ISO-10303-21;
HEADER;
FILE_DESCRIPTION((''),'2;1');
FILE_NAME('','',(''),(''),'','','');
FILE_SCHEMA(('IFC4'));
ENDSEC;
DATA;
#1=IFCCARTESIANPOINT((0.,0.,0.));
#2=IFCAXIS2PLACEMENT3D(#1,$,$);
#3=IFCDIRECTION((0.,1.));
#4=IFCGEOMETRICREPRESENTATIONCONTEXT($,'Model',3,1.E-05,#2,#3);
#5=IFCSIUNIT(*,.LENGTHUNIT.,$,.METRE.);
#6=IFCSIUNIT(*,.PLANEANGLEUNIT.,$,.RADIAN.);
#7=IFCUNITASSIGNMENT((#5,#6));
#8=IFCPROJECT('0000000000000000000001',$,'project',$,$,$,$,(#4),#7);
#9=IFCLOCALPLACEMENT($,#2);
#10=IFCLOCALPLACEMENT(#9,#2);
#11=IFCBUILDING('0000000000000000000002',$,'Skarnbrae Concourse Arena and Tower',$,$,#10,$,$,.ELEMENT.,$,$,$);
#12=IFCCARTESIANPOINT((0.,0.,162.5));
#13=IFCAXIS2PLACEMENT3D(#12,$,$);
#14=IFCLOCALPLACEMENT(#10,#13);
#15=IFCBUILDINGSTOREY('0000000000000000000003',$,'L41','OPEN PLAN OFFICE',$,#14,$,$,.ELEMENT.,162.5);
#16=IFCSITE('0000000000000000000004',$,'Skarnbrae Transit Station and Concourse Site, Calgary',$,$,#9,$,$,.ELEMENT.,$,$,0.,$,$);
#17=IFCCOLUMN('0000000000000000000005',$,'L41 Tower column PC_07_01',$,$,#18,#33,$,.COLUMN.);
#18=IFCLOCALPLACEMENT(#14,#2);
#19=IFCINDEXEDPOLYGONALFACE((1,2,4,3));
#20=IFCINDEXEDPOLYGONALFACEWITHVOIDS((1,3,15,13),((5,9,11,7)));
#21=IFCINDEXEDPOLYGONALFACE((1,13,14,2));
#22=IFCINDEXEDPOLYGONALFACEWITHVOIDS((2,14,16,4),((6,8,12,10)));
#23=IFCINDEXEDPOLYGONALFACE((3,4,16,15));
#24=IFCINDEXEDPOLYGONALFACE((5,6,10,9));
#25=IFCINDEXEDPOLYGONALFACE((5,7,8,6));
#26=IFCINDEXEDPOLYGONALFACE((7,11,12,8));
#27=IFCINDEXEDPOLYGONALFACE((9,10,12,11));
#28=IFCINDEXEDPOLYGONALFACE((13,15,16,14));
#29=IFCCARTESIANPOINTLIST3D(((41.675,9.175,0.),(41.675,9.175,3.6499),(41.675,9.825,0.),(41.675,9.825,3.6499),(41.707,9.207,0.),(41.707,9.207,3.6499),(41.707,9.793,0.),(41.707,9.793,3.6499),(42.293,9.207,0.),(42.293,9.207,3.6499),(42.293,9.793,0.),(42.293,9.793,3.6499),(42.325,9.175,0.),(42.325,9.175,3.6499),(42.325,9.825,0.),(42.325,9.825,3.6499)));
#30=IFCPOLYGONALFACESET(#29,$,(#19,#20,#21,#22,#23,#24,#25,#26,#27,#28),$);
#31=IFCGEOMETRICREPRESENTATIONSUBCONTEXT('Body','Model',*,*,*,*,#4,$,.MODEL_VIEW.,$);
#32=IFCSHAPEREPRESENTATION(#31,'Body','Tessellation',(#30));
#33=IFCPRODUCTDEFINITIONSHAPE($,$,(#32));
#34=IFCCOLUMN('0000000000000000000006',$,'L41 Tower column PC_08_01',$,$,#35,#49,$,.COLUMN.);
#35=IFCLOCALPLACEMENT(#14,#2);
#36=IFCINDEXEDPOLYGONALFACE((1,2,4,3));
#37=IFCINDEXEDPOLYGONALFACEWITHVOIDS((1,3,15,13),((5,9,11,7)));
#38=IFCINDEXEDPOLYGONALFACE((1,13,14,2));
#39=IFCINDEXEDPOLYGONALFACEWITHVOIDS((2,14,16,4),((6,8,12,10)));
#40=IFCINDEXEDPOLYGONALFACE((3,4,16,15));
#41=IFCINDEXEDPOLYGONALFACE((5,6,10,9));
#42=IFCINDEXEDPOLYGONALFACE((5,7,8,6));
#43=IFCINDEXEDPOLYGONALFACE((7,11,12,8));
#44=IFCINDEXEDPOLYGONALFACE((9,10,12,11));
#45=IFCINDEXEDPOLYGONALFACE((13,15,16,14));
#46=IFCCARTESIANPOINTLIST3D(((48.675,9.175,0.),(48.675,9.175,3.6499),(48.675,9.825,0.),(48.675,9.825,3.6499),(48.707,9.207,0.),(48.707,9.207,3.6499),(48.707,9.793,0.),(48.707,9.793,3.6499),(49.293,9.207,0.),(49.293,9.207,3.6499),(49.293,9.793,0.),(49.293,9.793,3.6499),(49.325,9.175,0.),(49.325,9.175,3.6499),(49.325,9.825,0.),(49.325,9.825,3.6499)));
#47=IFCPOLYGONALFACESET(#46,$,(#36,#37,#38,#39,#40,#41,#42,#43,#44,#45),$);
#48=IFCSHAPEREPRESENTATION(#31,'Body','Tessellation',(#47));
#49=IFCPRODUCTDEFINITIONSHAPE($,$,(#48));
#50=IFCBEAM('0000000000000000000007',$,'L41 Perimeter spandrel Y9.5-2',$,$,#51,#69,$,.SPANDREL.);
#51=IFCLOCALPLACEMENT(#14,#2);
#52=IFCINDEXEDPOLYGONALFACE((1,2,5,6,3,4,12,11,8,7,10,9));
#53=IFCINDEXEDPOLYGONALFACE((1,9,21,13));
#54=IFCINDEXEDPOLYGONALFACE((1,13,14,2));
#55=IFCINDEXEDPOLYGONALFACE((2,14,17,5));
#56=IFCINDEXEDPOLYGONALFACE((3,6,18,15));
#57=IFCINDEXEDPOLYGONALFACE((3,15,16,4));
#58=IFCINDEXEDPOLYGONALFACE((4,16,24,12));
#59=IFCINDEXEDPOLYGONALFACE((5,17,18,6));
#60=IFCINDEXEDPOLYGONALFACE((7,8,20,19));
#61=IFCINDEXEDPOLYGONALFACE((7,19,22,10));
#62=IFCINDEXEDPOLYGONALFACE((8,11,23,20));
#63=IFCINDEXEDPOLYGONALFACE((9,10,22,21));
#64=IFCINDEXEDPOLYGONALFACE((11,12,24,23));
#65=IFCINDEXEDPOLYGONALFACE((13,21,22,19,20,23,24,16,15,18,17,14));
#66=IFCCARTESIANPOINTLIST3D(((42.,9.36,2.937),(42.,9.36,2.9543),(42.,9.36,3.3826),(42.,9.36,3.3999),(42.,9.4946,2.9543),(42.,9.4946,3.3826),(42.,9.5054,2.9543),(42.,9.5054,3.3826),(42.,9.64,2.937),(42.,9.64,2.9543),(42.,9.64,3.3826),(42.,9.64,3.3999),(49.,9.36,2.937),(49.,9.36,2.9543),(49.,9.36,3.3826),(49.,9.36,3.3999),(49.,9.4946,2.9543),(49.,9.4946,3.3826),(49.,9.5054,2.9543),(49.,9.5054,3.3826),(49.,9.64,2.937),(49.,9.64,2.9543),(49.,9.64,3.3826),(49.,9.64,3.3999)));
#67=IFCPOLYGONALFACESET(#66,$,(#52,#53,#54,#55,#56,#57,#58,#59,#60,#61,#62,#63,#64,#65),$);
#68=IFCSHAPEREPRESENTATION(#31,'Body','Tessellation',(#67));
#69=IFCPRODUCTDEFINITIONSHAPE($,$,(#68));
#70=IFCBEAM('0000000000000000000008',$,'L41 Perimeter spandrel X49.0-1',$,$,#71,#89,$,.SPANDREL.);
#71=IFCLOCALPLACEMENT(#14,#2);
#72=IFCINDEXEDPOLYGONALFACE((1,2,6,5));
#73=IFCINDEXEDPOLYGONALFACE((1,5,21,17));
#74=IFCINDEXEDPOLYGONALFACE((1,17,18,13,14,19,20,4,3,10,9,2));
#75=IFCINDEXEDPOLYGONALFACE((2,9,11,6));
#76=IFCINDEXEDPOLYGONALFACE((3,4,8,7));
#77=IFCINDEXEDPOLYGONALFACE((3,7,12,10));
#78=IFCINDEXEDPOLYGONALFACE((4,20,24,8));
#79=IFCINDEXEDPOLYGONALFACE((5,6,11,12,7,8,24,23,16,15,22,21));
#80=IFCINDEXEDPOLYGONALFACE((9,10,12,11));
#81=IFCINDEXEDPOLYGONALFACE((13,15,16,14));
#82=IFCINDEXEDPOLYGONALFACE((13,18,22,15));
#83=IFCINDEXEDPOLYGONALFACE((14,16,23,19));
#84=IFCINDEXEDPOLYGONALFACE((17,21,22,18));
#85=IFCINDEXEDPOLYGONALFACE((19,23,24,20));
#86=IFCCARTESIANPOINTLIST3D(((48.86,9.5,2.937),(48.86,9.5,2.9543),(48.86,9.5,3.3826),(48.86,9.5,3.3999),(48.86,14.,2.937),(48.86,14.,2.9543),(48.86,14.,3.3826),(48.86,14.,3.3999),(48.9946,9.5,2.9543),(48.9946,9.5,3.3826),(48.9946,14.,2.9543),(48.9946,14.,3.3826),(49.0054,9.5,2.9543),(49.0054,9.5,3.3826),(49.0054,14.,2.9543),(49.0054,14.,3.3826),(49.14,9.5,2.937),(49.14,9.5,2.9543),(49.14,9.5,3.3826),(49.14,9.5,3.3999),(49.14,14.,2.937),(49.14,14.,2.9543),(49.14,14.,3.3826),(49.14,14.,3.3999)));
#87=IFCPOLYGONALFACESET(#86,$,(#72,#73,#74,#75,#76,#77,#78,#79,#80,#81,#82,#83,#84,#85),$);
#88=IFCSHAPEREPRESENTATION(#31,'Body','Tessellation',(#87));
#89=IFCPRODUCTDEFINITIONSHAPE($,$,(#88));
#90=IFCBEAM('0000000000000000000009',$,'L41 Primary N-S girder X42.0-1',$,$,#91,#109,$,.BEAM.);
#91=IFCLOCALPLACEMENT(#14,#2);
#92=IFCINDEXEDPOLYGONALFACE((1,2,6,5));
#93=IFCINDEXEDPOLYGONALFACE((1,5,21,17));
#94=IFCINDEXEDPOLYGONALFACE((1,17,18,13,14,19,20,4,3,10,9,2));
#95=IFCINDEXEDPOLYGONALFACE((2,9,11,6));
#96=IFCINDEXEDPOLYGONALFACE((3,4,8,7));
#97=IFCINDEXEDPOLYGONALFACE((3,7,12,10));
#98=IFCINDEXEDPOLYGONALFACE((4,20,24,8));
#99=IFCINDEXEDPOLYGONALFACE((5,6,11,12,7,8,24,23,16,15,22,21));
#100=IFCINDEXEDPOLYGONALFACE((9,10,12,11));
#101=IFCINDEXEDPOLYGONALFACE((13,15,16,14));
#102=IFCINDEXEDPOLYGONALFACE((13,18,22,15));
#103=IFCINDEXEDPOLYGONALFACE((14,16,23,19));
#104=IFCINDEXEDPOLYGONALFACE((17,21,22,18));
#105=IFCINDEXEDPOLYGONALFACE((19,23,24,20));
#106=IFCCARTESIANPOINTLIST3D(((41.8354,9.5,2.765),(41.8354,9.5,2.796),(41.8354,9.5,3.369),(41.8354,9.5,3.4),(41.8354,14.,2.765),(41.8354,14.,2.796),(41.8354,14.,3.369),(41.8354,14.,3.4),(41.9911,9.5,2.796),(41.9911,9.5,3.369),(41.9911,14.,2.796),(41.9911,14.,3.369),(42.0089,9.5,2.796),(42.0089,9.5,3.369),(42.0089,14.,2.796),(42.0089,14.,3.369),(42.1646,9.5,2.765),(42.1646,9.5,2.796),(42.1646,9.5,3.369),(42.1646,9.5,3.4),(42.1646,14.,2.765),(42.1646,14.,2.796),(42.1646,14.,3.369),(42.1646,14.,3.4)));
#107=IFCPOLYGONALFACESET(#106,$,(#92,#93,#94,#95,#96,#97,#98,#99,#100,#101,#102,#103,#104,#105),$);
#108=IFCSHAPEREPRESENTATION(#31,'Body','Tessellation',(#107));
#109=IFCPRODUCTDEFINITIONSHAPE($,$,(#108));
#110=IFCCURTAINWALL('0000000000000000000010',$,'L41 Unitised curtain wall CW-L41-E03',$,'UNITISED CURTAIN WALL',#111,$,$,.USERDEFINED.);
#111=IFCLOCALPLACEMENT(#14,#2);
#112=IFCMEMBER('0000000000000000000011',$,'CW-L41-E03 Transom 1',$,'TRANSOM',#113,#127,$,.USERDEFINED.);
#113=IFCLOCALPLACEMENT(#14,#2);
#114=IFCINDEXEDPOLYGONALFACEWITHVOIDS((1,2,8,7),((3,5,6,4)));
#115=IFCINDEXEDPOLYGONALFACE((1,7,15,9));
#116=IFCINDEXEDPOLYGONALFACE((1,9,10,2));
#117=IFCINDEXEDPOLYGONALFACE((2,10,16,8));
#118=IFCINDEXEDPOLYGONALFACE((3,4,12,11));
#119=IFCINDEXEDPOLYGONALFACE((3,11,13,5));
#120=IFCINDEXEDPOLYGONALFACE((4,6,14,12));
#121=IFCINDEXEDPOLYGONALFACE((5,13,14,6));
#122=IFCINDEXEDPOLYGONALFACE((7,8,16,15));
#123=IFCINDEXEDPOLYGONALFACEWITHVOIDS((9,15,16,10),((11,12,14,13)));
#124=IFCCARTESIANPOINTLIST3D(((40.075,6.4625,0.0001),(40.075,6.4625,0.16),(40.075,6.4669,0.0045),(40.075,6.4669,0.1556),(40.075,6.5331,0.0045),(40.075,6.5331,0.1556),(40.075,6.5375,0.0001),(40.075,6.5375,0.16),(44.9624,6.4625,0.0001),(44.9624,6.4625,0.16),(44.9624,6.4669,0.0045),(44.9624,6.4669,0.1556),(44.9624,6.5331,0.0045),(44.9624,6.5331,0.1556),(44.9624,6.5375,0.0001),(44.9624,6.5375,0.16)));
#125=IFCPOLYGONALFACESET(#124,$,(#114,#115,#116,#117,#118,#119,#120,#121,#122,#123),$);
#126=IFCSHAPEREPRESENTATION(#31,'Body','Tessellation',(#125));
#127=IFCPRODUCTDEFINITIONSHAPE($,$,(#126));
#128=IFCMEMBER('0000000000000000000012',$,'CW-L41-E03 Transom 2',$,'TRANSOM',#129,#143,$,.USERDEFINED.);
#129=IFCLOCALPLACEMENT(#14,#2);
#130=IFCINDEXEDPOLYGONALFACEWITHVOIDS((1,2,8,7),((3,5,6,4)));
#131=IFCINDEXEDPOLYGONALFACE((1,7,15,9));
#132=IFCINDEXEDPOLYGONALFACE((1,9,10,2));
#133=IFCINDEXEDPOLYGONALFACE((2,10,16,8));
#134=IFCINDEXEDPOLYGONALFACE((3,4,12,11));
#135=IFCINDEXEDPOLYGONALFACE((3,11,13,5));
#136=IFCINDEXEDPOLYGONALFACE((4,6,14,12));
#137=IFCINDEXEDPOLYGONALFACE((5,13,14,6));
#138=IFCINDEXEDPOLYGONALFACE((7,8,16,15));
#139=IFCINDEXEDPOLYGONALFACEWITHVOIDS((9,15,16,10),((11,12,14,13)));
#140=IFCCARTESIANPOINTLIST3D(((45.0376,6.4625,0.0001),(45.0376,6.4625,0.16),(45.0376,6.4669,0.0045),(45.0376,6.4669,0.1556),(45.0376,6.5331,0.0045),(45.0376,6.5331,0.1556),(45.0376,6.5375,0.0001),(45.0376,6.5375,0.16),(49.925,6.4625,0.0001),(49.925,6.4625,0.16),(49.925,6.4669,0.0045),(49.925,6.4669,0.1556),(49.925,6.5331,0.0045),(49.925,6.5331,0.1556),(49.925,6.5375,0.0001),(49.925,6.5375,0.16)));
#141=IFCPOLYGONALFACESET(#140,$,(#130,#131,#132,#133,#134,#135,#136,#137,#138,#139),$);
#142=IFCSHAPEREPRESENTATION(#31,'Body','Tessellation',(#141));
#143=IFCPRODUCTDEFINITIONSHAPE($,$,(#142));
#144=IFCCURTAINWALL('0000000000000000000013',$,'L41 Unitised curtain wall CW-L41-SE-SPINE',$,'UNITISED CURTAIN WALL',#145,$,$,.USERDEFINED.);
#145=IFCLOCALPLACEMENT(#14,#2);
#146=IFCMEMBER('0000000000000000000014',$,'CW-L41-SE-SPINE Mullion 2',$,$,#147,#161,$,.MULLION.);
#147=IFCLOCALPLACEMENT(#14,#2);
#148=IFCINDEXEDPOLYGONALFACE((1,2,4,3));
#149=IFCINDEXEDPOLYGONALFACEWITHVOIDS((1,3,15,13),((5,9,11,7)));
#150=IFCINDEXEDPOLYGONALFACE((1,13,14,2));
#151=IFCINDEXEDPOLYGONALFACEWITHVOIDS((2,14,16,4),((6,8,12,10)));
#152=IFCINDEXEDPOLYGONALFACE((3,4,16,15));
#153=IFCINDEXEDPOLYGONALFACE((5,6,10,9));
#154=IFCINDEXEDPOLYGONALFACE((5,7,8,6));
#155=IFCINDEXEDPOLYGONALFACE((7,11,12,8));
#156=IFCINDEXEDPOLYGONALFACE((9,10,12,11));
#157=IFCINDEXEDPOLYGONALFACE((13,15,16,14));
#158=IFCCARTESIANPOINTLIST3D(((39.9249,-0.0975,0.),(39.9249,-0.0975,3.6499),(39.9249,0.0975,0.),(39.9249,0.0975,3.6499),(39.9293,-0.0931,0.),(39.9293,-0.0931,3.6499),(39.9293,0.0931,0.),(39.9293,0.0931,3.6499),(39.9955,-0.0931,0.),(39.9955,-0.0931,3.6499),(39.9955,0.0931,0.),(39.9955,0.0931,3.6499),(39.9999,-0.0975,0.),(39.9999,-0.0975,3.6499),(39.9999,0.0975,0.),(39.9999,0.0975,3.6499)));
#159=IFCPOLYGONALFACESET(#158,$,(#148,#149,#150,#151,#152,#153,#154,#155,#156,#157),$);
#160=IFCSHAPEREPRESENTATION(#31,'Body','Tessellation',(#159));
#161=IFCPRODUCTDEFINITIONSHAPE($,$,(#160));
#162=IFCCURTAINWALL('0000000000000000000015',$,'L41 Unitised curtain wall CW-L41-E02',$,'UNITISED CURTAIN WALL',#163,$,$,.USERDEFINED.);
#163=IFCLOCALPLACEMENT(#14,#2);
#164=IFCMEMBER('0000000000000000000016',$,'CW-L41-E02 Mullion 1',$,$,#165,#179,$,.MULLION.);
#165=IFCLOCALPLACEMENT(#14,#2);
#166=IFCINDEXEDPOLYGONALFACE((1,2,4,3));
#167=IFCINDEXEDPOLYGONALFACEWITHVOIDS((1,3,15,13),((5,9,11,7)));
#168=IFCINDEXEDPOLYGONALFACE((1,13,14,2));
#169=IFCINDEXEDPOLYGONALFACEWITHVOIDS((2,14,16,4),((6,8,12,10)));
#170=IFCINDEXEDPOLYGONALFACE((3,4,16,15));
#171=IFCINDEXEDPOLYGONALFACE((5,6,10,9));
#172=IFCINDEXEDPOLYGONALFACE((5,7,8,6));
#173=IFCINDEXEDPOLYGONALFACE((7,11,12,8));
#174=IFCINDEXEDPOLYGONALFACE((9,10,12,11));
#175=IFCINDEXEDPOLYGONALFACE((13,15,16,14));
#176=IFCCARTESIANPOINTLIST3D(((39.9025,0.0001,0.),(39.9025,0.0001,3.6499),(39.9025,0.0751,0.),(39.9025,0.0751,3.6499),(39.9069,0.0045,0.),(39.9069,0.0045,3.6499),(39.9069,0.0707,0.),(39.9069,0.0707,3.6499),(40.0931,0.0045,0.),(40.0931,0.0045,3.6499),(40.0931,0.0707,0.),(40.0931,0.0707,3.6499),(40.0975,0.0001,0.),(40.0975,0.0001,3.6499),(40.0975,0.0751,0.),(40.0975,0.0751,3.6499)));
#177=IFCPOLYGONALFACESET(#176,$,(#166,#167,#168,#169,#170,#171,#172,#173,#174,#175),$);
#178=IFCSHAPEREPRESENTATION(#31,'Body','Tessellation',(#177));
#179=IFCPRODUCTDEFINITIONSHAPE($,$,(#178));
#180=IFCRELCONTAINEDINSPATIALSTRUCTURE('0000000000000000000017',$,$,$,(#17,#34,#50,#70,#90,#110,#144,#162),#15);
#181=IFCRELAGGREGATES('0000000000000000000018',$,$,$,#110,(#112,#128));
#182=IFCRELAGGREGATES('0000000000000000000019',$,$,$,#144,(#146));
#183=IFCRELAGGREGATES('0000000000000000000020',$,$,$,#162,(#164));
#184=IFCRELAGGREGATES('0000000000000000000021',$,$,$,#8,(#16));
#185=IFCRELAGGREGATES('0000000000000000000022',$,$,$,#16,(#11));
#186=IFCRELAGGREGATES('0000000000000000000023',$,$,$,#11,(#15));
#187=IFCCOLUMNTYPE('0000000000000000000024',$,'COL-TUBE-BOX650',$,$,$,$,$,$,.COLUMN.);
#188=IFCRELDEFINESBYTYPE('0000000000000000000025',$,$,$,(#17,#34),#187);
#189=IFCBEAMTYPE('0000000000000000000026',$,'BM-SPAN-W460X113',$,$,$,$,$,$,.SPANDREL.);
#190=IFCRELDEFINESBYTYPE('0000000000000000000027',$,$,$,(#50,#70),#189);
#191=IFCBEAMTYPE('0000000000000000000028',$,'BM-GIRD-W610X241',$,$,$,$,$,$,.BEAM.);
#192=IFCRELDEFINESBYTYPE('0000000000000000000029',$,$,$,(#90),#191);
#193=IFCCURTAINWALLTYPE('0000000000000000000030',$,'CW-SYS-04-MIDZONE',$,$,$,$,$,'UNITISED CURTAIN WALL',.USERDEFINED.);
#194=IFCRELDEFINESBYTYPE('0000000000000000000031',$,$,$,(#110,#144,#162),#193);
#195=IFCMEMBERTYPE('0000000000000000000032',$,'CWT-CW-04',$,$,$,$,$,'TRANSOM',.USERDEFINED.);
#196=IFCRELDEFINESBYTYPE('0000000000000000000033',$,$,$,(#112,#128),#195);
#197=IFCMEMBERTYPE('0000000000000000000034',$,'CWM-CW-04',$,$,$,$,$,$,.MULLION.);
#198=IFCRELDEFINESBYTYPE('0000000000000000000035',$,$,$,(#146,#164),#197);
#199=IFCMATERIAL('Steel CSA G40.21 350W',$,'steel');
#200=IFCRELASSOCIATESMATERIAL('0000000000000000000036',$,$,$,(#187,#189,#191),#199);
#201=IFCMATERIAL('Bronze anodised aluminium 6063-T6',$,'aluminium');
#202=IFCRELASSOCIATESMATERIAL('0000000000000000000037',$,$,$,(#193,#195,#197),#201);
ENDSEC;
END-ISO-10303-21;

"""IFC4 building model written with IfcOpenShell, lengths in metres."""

from ifc_helpers import new_model, si_unit, direction, frame, origin, origin_2d, place, context, subcontext, project, spatial, hollow_rectangle, i_section, extrude, source, transform, mapped, material, material_profile, profile_set, type_object, element, aggregate, save


model = new_model("IFC4")

# Units and contexts
model_context = context("Model", 3, precision=1e-05, world=origin(), true_north=direction((0.0, 1.0)))
body_context = subcontext(model_context, "Body", "Model", "MODEL_VIEW")
ifc_project = project(units=[si_unit("LENGTHUNIT", "METRE"), si_unit("PLANEANGLEUNIT", "RADIAN")], contexts=[model_context])

# Site, building, storey
site_placement = place(None, origin())
site = spatial("IfcSite", under=ifc_project, at=site_placement, Name="Skarnbrae Transit Station and Concourse Site, Calgary", CompositionType="ELEMENT", RefElevation=0.0)
building_placement = place(site_placement, origin())
building = spatial("IfcBuilding", under=site, at=building_placement, Name="Skarnbrae Concourse Arena and Tower", CompositionType="ELEMENT")
storey_placement = place(building_placement, frame((0.0, 0.0, 162.5)))
storey = spatial("IfcBuildingStorey", under=building, at=storey_placement, Name="L41", Description="OPEN PLAN OFFICE", CompositionType="ELEMENT", Elevation=162.5)

# Columns
ifc_material_1 = material(Name="Steel CSA G40.21 350W", Category="steel")
ifc_material_profile_1 = material_profile(ifc_material_1, hollow_rectangle(XDim=0.6499, YDim=0.6499, WallThickness=0.032, at=origin_2d()), Name="BOX650X650X32")
ifc_profile_set_1 = profile_set([ifc_material_profile_1], Name="Steel CSA G40.21 350W")
column_type = type_object("IfcColumnType", Name="COL-TUBE-BOX650", PredefinedType="COLUMN", material=ifc_profile_set_1)
shared_shape_1 = source(origin(), body_context, "Body", "SweptSolid", [
    extrude(hollow_rectangle(XDim=0.6499, YDim=0.6499, WallThickness=0.032, at=origin_2d()), origin(), (0.0, 0.0, 1.0), 3.6499),
])
for number, where, z_axis, x_axis, name in (
    (1, (42.0, 9.5, 0.0), (0.0, 0.0, 1.0), (1.0, 0.0, 0.0), "L41 Tower column PC_07_01"),
    (2, (49.0, 9.5, 0.0), (0.0, 0.0, 1.0), (1.0, 0.0, 0.0), "L41 Tower column PC_08_01"),
):
    element("IfcColumn", number, at=place(storey_placement, frame(where, z_axis=z_axis, x_axis=x_axis)), inside=storey, type_object=column_type, Name=name, PredefinedType="COLUMN", context=body_context, shape_type="MappedRepresentation", body=[
        mapped(shared_shape_1, transform((0.0, 0.0, 0.0))),
    ])

# Beams
ifc_material_profile_2 = material_profile(ifc_material_1, i_section(OverallWidth=0.28, OverallDepth=0.4629, WebThickness=0.0107, FlangeThickness=0.0173, at=origin_2d()), Name="W460X113")
ifc_profile_set_2 = profile_set([ifc_material_profile_2], Name="Steel CSA G40.21 350W")
beam_type_1 = type_object("IfcBeamType", Name="BM-SPAN-W460X113", PredefinedType="SPANDREL", material=ifc_profile_set_2)
shared_shape_2 = source(origin(), body_context, "Body", "SweptSolid", [
    extrude(i_section(OverallWidth=0.28, OverallDepth=0.4629, WebThickness=0.0107, FlangeThickness=0.0173, at=origin_2d()), origin(), (0.0, 0.0, 1.0), 7.0),
])
beam_1_placement = place(storey_placement, frame((42.0, 9.5, 3.1685), z_axis=(1.0, 0.0, 0.0), x_axis=(0.0, 1.0, 0.0)))
element("IfcBeam", 3, at=beam_1_placement, inside=storey, type_object=beam_type_1, Name="L41 Perimeter spandrel Y9.5-2", PredefinedType="SPANDREL", context=body_context, shape_type="MappedRepresentation", body=[
    mapped(shared_shape_2, transform((0.0, 0.0, 0.0))),
])
shared_shape_3 = source(origin(), body_context, "Body", "SweptSolid", [
    extrude(i_section(OverallWidth=0.28, OverallDepth=0.4629, WebThickness=0.0107, FlangeThickness=0.0173, at=origin_2d()), origin(), (0.0, 0.0, 1.0), 4.5),
])
beam_2_placement = place(storey_placement, frame((49.0, 9.5, 3.1685), z_axis=(0.0, 1.0, 0.0), x_axis=(-1.0, 0.0, 0.0)))
element("IfcBeam", 4, at=beam_2_placement, inside=storey, type_object=beam_type_1, Name="L41 Perimeter spandrel X49.0-1", PredefinedType="SPANDREL", context=body_context, shape_type="MappedRepresentation", body=[
    mapped(shared_shape_3, transform((0.0, 0.0, 0.0))),
])
ifc_material_profile_3 = material_profile(ifc_material_1, i_section(OverallWidth=0.3291, OverallDepth=0.635, WebThickness=0.0178, FlangeThickness=0.031, at=origin_2d()), Name="W610X241")
ifc_profile_set_3 = profile_set([ifc_material_profile_3], Name="Steel CSA G40.21 350W")
beam_type_2 = type_object("IfcBeamType", Name="BM-GIRD-W610X241", PredefinedType="BEAM", material=ifc_profile_set_3)
shared_shape_4 = source(origin(), body_context, "Body", "SweptSolid", [
    extrude(i_section(OverallWidth=0.3291, OverallDepth=0.635, WebThickness=0.0178, FlangeThickness=0.031, at=origin_2d()), origin(), (0.0, 0.0, 1.0), 4.5),
])
beam_3_placement = place(storey_placement, frame((42.0, 9.5, 3.0825), z_axis=(0.0, 1.0, 0.0), x_axis=(-1.0, 0.0, 0.0)))
element("IfcBeam", 5, at=beam_3_placement, inside=storey, type_object=beam_type_2, Name="L41 Primary N-S girder X42.0-1", PredefinedType="BEAM", context=body_context, shape_type="MappedRepresentation", body=[
    mapped(shared_shape_4, transform((0.0, 0.0, 0.0))),
])

# Curtain wall, members
ifc_material_2 = material(Name="Bronze anodised aluminium 6063-T6", Category="aluminium")
curtain_wall_type = type_object("IfcCurtainWallType", Name="CW-SYS-04-MIDZONE", ElementType="UNITISED CURTAIN WALL", PredefinedType="USERDEFINED", material=ifc_material_2)
curtain_wall_1_placement = place(storey_placement, origin())
curtain_wall_1 = element("IfcCurtainWall", 6, at=curtain_wall_1_placement, inside=storey, type_object=curtain_wall_type, Name="L41 Unitised curtain wall CW-L41-E03", ObjectType="UNITISED CURTAIN WALL", PredefinedType="USERDEFINED")
ifc_material_profile_4 = material_profile(ifc_material_2, hollow_rectangle(XDim=0.075, YDim=0.1599, WallThickness=0.0044, at=origin_2d()), Name="ALU-TRAN-75X160")
ifc_profile_set_4 = profile_set([ifc_material_profile_4], Name="Bronze anodised aluminium 6063-T6")
member_type_1 = type_object("IfcMemberType", Name="CWT-CW-04", ElementType="TRANSOM", PredefinedType="USERDEFINED", material=ifc_profile_set_4)
shared_shape_5 = source(origin(), body_context, "Body", "SweptSolid", [
    extrude(hollow_rectangle(XDim=0.075, YDim=0.1599, WallThickness=0.0044, at=origin_2d()), origin(), (0.0, 0.0, 1.0), 4.8875),
])
member_1_placement = place(storey_placement, frame((40.075, 6.5, 0.0801), z_axis=(1.0, 0.0, 0.0), x_axis=(0.0, 1.0, 0.0)))
member_1 = element("IfcMember", 7, at=member_1_placement, type_object=member_type_1, Name="CW-L41-E03 Transom 1", ObjectType="TRANSOM", PredefinedType="USERDEFINED", context=body_context, shape_type="MappedRepresentation", body=[
    mapped(shared_shape_5, transform((0.0, 0.0, 0.0))),
])
member_2_placement = place(storey_placement, frame((45.0376, 6.5, 0.0801), z_axis=(1.0, 0.0, 0.0), x_axis=(0.0, 1.0, 0.0)))
member_2 = element("IfcMember", 8, at=member_2_placement, type_object=member_type_1, Name="CW-L41-E03 Transom 2", ObjectType="TRANSOM", PredefinedType="USERDEFINED", context=body_context, shape_type="MappedRepresentation", body=[
    mapped(shared_shape_5, transform((0.0, 0.0, 0.0))),
])

# Curtain wall, member
curtain_wall_2_placement = place(storey_placement, origin())
curtain_wall_2 = element("IfcCurtainWall", 9, at=curtain_wall_2_placement, inside=storey, type_object=curtain_wall_type, Name="L41 Unitised curtain wall CW-L41-SE-SPINE", ObjectType="UNITISED CURTAIN WALL", PredefinedType="USERDEFINED")
ifc_material_profile_5 = material_profile(ifc_material_2, hollow_rectangle(XDim=0.075, YDim=0.1951, WallThickness=0.0044, at=origin_2d()), Name="ALU-MULL-75X195")
ifc_profile_set_5 = profile_set([ifc_material_profile_5], Name="Bronze anodised aluminium 6063-T6")
member_type_2 = type_object("IfcMemberType", Name="CWM-CW-04", PredefinedType="MULLION", material=ifc_profile_set_5)
shared_shape_6 = source(origin(), body_context, "Body", "SweptSolid", [
    extrude(hollow_rectangle(XDim=0.075, YDim=0.1951, WallThickness=0.0044, at=origin_2d()), origin(), (0.0, 0.0, 1.0), 3.6499),
])
member_3_placement = place(storey_placement, frame((39.9624, 0.0, 0.0), z_axis=(0.0, 0.0, 1.0), x_axis=(1.0, 0.0, 0.0)))
member_3 = element("IfcMember", 10, at=member_3_placement, type_object=member_type_2, Name="CW-L41-SE-SPINE Mullion 2", PredefinedType="MULLION", context=body_context, shape_type="MappedRepresentation", body=[
    mapped(shared_shape_6, transform((0.0, 0.0, 0.0))),
])

# Curtain wall, member
curtain_wall_3_placement = place(storey_placement, origin())
curtain_wall_3 = element("IfcCurtainWall", 11, at=curtain_wall_3_placement, inside=storey, type_object=curtain_wall_type, Name="L41 Unitised curtain wall CW-L41-E02", ObjectType="UNITISED CURTAIN WALL", PredefinedType="USERDEFINED")
member_4_placement = place(storey_placement, frame((40.0, 0.0376, 0.0), z_axis=(0.0, 0.0, 1.0), x_axis=(0.0, 1.0, 0.0)))
member_4 = element("IfcMember", 12, at=member_4_placement, type_object=member_type_2, Name="CW-L41-E02 Mullion 1", PredefinedType="MULLION", context=body_context, shape_type="MappedRepresentation", body=[
    mapped(shared_shape_6, transform((0.0, 0.0, 0.0))),
])

aggregate(curtain_wall_1, [member_1, member_2])
aggregate(curtain_wall_2, [member_3])
aggregate(curtain_wall_3, [member_4])

save(model, "model.ifc")
